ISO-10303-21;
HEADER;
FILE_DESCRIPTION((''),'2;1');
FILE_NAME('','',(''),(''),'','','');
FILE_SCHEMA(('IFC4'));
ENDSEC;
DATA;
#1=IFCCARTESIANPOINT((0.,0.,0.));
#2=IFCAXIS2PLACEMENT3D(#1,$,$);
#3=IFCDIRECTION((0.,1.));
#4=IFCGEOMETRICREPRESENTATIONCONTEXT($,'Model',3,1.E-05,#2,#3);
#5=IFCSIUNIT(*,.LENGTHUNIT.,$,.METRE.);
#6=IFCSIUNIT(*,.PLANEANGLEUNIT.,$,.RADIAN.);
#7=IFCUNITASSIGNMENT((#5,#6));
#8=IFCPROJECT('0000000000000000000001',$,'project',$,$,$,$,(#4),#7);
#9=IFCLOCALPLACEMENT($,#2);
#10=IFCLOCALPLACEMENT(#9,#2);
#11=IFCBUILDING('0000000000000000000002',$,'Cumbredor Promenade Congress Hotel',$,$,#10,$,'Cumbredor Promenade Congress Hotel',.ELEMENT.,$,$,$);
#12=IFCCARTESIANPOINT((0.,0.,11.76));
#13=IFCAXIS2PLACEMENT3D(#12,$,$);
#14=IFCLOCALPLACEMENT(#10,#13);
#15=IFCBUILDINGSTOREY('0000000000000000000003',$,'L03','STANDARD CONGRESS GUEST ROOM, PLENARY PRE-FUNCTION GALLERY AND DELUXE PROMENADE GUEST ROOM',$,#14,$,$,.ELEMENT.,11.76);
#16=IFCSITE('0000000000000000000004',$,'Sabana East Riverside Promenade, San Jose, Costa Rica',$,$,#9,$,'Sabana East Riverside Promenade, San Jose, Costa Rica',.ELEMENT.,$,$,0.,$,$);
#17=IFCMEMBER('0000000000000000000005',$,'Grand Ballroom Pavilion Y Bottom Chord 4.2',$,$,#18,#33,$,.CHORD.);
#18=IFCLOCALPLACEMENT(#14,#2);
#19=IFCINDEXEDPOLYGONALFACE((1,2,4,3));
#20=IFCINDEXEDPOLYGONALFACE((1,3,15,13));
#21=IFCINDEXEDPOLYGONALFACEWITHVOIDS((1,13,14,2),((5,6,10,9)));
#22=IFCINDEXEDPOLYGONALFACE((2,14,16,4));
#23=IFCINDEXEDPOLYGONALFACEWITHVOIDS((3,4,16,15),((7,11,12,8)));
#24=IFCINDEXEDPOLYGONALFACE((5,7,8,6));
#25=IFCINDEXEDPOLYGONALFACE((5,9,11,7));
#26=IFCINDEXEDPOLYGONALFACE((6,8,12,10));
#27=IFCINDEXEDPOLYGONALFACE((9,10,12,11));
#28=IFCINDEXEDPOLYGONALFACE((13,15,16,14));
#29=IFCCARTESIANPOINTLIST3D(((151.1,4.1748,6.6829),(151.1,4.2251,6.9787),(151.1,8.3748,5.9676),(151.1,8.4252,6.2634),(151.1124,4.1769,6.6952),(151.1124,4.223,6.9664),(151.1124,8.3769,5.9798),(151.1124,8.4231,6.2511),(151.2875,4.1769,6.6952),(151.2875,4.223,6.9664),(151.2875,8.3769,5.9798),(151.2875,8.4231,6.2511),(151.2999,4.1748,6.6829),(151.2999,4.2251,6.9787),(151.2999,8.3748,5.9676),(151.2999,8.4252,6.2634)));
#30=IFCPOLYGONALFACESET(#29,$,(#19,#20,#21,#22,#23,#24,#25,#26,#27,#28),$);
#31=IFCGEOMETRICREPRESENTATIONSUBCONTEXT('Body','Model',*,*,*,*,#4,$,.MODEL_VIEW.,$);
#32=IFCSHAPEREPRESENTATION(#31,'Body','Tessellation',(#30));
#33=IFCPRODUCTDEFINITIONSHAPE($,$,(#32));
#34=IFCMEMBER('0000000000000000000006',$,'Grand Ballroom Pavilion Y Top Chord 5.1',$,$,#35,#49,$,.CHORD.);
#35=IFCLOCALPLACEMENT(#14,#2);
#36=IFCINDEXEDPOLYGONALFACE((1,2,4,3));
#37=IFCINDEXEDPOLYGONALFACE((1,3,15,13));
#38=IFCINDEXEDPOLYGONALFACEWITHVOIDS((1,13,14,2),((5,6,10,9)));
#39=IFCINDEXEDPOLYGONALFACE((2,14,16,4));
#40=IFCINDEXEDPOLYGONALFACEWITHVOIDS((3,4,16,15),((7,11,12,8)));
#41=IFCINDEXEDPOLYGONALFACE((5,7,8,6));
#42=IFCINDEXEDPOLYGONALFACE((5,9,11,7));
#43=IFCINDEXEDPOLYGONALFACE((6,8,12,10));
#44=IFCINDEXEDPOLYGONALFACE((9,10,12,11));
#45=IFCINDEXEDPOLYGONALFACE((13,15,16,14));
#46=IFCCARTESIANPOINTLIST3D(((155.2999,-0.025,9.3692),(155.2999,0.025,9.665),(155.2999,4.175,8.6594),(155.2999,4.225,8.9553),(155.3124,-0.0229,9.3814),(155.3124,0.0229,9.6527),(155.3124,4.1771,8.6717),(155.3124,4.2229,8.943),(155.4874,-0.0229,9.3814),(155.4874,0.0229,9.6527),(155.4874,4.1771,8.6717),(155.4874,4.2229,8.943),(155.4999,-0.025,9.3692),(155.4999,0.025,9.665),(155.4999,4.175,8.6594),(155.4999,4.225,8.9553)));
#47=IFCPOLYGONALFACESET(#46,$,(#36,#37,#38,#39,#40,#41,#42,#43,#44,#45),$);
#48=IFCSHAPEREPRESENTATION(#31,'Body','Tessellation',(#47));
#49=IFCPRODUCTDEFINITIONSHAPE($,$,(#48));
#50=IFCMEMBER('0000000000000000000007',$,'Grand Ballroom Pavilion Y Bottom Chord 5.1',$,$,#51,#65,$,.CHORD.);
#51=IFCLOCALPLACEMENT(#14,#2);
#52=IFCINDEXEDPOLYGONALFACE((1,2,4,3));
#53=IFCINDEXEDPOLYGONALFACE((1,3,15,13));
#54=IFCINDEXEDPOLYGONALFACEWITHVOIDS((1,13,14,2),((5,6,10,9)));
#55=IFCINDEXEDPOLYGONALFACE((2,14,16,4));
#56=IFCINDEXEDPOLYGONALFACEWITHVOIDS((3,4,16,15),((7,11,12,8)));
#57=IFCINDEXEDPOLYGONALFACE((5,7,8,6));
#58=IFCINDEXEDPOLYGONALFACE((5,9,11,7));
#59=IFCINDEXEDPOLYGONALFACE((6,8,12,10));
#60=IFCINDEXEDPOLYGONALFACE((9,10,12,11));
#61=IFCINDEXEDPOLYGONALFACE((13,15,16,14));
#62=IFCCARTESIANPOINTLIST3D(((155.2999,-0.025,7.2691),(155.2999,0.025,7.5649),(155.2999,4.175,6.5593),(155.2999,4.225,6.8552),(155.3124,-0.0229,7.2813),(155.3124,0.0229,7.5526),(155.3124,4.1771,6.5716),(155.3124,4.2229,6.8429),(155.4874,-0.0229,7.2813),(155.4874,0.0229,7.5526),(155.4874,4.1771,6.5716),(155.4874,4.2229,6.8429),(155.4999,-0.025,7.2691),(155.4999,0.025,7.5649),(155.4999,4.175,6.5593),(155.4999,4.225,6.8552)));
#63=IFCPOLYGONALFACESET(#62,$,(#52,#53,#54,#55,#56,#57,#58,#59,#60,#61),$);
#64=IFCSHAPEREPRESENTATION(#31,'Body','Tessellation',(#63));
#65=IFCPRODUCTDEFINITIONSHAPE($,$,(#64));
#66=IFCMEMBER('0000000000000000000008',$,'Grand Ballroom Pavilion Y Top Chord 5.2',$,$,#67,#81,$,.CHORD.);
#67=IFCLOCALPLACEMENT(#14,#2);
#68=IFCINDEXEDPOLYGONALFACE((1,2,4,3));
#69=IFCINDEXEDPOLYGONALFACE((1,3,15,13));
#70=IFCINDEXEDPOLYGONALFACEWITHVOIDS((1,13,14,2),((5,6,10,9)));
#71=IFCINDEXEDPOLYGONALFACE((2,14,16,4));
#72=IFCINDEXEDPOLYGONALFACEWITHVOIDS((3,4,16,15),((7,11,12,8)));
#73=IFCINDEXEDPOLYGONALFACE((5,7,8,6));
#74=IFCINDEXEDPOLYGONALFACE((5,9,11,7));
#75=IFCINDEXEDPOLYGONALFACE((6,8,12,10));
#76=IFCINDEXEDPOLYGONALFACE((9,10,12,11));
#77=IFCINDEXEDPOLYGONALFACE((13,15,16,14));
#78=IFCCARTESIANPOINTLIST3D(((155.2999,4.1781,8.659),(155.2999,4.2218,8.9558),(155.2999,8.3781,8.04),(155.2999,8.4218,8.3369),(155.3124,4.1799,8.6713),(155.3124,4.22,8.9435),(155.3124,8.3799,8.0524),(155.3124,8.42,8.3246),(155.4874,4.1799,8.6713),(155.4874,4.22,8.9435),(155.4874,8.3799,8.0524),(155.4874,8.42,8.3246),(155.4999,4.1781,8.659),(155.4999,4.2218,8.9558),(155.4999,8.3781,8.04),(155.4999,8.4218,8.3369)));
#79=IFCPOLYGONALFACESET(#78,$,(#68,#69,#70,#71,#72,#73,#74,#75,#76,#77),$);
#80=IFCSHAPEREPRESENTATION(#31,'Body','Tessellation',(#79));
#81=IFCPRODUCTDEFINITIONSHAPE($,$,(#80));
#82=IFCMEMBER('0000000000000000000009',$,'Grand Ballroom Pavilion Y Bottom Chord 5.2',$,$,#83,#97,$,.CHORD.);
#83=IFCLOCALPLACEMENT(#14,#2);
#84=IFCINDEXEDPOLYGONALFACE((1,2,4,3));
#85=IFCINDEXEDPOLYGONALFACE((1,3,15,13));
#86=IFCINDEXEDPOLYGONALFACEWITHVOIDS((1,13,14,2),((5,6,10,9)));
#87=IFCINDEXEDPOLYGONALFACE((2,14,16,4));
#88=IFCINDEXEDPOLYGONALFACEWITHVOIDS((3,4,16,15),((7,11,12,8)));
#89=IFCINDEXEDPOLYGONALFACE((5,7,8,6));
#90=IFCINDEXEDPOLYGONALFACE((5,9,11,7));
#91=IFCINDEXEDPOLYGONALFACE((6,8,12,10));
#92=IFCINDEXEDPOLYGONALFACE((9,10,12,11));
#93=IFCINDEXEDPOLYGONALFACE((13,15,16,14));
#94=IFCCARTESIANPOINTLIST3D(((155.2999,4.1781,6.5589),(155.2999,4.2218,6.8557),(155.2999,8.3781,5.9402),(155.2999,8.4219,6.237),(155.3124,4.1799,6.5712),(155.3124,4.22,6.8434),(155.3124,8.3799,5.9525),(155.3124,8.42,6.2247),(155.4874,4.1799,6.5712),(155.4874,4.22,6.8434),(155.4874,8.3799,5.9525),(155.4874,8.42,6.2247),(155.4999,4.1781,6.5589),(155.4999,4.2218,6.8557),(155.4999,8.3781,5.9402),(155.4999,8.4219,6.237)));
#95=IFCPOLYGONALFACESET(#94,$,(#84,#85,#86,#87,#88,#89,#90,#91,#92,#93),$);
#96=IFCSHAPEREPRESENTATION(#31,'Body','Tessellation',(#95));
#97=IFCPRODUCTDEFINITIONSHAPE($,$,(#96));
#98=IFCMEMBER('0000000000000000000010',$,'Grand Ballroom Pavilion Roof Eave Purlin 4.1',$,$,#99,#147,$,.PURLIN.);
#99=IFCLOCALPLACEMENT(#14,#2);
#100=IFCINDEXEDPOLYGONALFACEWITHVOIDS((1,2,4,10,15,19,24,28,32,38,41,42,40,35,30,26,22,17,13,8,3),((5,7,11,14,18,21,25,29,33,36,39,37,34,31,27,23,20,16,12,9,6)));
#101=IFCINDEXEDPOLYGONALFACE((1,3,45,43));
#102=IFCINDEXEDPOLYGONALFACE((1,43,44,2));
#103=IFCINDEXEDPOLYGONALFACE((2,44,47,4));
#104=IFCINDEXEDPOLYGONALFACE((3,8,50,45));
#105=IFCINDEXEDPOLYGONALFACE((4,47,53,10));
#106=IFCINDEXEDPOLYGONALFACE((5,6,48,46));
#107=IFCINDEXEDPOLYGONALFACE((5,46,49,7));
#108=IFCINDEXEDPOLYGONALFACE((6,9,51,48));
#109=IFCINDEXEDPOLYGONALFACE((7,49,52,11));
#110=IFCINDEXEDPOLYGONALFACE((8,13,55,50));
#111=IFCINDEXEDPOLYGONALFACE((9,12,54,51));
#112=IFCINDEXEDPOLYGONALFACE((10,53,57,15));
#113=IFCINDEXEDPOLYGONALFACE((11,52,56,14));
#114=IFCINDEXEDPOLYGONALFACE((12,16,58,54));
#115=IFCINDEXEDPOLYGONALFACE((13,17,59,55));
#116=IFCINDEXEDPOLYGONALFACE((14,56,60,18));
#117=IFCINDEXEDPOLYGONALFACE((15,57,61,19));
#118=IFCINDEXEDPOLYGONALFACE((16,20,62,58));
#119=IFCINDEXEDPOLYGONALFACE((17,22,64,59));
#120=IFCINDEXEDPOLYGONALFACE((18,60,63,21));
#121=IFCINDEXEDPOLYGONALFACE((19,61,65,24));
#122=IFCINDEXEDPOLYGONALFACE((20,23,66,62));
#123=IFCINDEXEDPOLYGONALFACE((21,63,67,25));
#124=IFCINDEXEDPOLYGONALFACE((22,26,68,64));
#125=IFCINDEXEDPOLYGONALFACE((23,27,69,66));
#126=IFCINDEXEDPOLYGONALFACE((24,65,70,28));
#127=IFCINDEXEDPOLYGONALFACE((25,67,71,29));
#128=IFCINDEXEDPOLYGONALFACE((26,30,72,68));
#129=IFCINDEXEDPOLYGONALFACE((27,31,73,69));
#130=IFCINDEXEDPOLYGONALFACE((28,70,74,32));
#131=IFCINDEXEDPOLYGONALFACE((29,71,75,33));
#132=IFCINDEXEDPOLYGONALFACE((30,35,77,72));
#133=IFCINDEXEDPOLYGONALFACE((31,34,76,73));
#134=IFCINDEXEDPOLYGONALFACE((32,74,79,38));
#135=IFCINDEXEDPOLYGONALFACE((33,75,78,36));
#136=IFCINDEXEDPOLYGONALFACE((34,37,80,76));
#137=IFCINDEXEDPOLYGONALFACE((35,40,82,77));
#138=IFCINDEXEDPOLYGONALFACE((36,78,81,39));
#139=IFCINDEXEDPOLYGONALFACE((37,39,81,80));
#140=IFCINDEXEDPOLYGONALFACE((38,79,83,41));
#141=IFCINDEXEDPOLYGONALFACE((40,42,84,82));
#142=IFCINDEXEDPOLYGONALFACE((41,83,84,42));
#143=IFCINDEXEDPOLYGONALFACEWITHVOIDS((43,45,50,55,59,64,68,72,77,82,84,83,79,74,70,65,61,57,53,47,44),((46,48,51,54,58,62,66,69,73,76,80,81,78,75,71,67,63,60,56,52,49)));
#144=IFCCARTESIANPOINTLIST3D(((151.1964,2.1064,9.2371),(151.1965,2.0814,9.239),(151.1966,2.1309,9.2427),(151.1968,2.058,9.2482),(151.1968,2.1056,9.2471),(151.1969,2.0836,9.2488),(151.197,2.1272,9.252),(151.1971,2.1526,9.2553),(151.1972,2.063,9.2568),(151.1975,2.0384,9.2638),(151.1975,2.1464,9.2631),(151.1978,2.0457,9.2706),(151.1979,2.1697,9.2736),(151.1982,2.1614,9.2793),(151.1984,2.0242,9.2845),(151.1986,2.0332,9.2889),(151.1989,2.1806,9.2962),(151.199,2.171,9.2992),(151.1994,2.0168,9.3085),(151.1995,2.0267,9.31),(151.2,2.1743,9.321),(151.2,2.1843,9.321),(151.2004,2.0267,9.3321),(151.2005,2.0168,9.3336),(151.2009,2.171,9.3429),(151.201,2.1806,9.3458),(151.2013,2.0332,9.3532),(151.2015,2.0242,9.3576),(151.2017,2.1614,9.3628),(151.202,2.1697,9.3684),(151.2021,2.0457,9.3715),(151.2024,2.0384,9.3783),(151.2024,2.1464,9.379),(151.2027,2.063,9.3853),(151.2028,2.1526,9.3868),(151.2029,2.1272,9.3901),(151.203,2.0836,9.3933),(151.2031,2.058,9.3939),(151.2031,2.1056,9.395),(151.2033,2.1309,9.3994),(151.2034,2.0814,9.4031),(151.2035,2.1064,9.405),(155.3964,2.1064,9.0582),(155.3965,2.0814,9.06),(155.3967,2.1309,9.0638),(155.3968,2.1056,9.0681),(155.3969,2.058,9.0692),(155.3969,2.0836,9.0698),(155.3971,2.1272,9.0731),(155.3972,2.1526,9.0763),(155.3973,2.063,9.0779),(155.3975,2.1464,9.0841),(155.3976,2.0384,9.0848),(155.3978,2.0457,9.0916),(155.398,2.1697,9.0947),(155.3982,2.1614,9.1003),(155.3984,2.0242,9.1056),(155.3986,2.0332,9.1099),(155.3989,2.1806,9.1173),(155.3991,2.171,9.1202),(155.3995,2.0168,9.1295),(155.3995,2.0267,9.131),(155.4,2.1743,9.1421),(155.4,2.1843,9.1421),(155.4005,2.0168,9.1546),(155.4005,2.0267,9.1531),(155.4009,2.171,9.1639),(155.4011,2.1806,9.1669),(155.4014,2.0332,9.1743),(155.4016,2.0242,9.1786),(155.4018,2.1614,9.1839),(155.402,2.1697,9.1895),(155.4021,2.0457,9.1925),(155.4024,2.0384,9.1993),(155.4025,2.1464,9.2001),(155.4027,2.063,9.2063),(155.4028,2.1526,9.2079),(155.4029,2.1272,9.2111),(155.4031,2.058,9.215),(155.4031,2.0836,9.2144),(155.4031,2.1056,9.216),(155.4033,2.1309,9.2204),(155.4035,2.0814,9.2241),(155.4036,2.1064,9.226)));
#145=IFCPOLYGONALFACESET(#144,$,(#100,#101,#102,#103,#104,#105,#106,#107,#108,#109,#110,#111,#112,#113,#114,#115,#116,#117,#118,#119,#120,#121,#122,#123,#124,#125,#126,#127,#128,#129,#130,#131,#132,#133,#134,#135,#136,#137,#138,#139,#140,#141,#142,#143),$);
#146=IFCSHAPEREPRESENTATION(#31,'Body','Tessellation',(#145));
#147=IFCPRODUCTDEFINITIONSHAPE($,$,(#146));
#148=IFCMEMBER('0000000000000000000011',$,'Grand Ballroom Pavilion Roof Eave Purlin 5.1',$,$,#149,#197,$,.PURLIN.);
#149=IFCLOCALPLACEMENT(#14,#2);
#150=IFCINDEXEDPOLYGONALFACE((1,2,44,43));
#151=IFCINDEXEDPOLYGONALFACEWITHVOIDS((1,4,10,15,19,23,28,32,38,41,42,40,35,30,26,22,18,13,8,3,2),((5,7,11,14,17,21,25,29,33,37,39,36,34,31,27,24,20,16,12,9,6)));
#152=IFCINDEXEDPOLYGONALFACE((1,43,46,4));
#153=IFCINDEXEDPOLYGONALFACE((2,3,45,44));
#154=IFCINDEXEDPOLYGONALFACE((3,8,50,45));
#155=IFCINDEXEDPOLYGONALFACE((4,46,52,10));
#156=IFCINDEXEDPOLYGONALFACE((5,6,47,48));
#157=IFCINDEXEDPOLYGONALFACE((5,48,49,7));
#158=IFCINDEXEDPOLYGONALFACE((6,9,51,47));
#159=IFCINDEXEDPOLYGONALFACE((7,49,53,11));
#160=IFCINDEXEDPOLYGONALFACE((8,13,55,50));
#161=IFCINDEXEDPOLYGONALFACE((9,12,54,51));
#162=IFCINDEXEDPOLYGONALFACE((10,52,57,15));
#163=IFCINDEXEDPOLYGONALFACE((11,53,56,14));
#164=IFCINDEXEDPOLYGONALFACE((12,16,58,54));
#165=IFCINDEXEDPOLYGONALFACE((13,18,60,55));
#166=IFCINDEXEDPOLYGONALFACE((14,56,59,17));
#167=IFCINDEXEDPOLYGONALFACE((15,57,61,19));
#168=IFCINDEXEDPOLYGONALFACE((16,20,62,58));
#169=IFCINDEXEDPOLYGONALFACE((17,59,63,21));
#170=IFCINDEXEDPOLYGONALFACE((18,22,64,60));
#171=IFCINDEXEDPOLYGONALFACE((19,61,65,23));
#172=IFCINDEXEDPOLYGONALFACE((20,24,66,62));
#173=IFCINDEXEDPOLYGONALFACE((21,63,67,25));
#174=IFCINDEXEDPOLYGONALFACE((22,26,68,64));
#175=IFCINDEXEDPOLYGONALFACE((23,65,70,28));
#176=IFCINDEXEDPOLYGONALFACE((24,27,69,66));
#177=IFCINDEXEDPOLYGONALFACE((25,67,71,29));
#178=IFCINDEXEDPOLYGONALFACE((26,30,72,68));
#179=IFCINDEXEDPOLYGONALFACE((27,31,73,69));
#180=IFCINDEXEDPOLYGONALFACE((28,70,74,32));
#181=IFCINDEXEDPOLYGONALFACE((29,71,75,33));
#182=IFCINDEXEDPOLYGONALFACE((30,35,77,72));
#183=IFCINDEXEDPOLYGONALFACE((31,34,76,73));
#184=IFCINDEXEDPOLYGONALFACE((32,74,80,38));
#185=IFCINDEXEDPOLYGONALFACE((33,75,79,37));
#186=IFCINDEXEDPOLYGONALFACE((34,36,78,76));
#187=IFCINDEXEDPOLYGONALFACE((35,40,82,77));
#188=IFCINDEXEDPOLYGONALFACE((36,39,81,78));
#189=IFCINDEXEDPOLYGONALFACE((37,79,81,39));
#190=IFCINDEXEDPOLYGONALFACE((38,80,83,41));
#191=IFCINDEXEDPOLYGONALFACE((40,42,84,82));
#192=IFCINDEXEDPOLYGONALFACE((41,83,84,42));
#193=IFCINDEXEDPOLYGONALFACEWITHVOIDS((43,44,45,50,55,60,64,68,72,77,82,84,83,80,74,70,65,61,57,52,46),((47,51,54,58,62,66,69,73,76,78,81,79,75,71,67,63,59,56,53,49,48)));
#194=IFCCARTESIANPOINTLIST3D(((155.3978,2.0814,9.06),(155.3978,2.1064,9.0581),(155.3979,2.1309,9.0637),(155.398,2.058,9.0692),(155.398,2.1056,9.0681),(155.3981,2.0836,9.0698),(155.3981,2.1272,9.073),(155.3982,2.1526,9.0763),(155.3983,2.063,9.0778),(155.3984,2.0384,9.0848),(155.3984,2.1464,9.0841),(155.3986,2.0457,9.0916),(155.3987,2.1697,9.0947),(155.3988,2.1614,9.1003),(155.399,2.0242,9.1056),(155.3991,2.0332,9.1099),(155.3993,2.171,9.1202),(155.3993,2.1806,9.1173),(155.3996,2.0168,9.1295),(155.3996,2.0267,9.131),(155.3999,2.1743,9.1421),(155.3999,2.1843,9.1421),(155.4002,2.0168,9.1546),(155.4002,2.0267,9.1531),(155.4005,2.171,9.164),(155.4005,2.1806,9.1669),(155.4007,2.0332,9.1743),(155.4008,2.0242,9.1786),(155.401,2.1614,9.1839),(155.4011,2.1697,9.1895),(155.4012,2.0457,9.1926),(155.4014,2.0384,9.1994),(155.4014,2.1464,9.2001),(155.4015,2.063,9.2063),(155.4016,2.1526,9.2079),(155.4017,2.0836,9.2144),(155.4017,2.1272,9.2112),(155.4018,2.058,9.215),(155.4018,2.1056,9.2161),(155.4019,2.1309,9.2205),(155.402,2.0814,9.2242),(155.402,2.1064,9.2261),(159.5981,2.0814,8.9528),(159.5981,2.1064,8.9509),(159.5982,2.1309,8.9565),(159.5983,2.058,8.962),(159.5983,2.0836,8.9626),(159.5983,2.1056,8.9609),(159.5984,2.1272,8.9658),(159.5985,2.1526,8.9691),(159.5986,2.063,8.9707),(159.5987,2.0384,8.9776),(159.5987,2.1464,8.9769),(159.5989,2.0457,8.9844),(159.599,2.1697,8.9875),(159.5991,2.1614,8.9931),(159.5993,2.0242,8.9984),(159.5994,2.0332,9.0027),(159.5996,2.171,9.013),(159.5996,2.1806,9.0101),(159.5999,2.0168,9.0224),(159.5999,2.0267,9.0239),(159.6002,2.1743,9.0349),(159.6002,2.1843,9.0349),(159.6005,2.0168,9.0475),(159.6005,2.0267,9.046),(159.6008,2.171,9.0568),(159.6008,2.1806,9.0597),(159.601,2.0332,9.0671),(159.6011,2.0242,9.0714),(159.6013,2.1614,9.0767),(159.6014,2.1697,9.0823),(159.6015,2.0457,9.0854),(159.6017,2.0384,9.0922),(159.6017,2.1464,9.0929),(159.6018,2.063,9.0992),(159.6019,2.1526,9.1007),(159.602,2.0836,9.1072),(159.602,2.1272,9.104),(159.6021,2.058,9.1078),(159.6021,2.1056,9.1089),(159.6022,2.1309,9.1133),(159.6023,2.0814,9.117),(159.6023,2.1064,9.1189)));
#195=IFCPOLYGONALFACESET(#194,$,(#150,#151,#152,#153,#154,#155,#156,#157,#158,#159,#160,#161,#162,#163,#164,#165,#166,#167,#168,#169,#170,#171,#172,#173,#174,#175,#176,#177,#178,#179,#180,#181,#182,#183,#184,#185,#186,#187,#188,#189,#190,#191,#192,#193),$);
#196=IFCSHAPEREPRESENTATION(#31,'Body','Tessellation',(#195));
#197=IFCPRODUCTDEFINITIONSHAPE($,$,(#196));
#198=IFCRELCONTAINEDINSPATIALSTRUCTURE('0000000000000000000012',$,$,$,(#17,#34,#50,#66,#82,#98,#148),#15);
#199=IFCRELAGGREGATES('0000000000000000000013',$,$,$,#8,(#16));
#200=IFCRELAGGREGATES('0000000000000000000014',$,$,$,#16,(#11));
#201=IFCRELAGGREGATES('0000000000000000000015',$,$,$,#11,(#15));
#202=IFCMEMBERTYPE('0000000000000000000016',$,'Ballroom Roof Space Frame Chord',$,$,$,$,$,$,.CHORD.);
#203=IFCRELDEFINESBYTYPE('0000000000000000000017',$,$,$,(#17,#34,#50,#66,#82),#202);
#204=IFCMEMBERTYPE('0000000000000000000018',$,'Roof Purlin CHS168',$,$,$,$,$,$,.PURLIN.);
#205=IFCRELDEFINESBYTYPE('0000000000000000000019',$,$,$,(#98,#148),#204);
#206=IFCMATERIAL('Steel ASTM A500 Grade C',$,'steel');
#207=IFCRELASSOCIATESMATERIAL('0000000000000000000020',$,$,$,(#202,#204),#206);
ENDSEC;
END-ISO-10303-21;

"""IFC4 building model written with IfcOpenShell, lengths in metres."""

from ifc_helpers import new_model, si_unit, direction, frame, origin, origin_2d, place, context, subcontext, project, spatial, hollow_rectangle, hollow_circle, extrude, material, material_profile, profile_set, type_object, element, save


model = new_model("IFC4")

# Units and contexts
model_context = context("Model", 3, precision=1e-05, world=origin(), true_north=direction((0.0, 1.0)))
body_context = subcontext(model_context, "Body", "Model", "MODEL_VIEW")
ifc_project = project(units=[si_unit("LENGTHUNIT", "METRE"), si_unit("PLANEANGLEUNIT", "RADIAN")], contexts=[model_context])

# Site, building, storey
site_placement = place(None, origin())
site = spatial("IfcSite", under=ifc_project, at=site_placement, Name="Sabana East Riverside Promenade, San Jose, Costa Rica", LongName="Sabana East Riverside Promenade, San Jose, Costa Rica", CompositionType="ELEMENT", RefElevation=0.0)
building_placement = place(site_placement, origin())
building = spatial("IfcBuilding", under=site, at=building_placement, Name="Cumbredor Promenade Congress Hotel", LongName="Cumbredor Promenade Congress Hotel", CompositionType="ELEMENT")
storey_placement = place(building_placement, frame((0.0, 0.0, 11.76)))
storey = spatial("IfcBuildingStorey", under=building, at=storey_placement, Name="L03", Description="STANDARD CONGRESS GUEST ROOM, PLENARY PRE-FUNCTION GALLERY AND DELUXE PROMENADE GUEST ROOM", CompositionType="ELEMENT", Elevation=11.76)

# Members
ifc_material_1 = material(Name="Steel ASTM A500 Grade C", Category="steel")
ifc_material_profile_1 = material_profile(ifc_material_1, hollow_rectangle(XDim=0.2, YDim=0.3, WallThickness=0.0125, at=origin_2d()), Name="HSS 300x200x12.5")
ifc_profile_set_1 = profile_set([ifc_material_profile_1], Name="Steel ASTM A500 Grade C")
member_type_1 = type_object("IfcMemberType", Name="Ballroom Roof Space Frame Chord", PredefinedType="CHORD", material=ifc_profile_set_1)
for number, where, z_axis, x_axis, name in (
    (1, (151.2, 4.2, 6.8308), (0.0, 0.985804, -0.167901), (-1.0, 0.0, 0.0), "Grand Ballroom Pavilion Y Bottom Chord 4.2"),
):
    element("IfcMember", number, at=place(storey_placement, frame(where, z_axis=z_axis, x_axis=x_axis)), inside=storey, type_object=member_type_1, Name=name, PredefinedType="CHORD", context=body_context, shape_type="SweptSolid", body=[
        extrude(hollow_rectangle(XDim=0.2, YDim=0.3, WallThickness=0.0125, at=origin_2d()), origin(), (0.0, 0.0, 1.0), 4.2605),
    ])
for number, where, z_axis, x_axis, name in (
    (2, (155.3999, 0.0, 9.5171), (0.0, 0.986021, -0.16662), (-1.0, 0.0, 0.0), "Grand Ballroom Pavilion Y Top Chord 5.1"),
    (3, (155.3999, 0.0, 7.417), (0.0, 0.986021, -0.16662), (-1.0, 0.0, 0.0), "Grand Ballroom Pavilion Y Bottom Chord 5.1"),
):
    element("IfcMember", number, at=place(storey_placement, frame(where, z_axis=z_axis, x_axis=x_axis)), inside=storey, type_object=member_type_1, Name=name, PredefinedType="CHORD", context=body_context, shape_type="SweptSolid", body=[
        extrude(hollow_rectangle(XDim=0.2, YDim=0.3, WallThickness=0.0125, at=origin_2d()), origin(), (0.0, 0.0, 1.0), 4.2595),
    ])
for number, where, z_axis, x_axis, name in (
    (4, (155.3999, 4.2, 8.8074), (0.0, 0.989316, -0.145784), (-1.0, 0.0, 0.0), "Grand Ballroom Pavilion Y Top Chord 5.2"),
    (5, (155.3999, 4.2, 6.7073), (0.0, 0.989325, -0.145727), (-1.0, 0.0, 0.0), "Grand Ballroom Pavilion Y Bottom Chord 5.2"),
):
    element("IfcMember", number, at=place(storey_placement, frame(where, z_axis=z_axis, x_axis=x_axis)), inside=storey, type_object=member_type_1, Name=name, PredefinedType="CHORD", context=body_context, shape_type="SweptSolid", body=[
        extrude(hollow_rectangle(XDim=0.2, YDim=0.3, WallThickness=0.0125, at=origin_2d()), origin(), (0.0, 0.0, 1.0), 4.2454),
    ])
ifc_material_profile_2 = material_profile(ifc_material_1, hollow_circle(Radius=0.0842, WallThickness=0.01, at=origin_2d()), Name="CHS 168.3x10")
ifc_profile_set_2 = profile_set([ifc_material_profile_2], Name="Steel ASTM A500 Grade C")
member_type_2 = type_object("IfcMemberType", Name="Roof Purlin CHS168", PredefinedType="PURLIN", material=ifc_profile_set_2)
member_1_placement = place(storey_placement, frame((151.2, 2.1001, 9.321), z_axis=(0.999093, 0.0, -0.04257), x_axis=(0.0, 1.0, 0.0)))
element("IfcMember", 6, at=member_1_placement, inside=storey, type_object=member_type_2, Name="Grand Ballroom Pavilion Roof Eave Purlin 4.1", PredefinedType="PURLIN", context=body_context, shape_type="SweptSolid", body=[
    extrude(hollow_circle(Radius=0.0842, WallThickness=0.01, at=origin_2d()), origin(), (0.0, 0.0, 1.0), 4.2039),
])
member_2_placement = place(storey_placement, frame((155.3999, 2.1001, 9.1421), z_axis=(0.999675, 0.0, -0.025509), x_axis=(0.0, 1.0, 0.0)))
element("IfcMember", 7, at=member_2_placement, inside=storey, type_object=member_type_2, Name="Grand Ballroom Pavilion Roof Eave Purlin 5.1", PredefinedType="PURLIN", context=body_context, shape_type="SweptSolid", body=[
    extrude(hollow_circle(Radius=0.0842, WallThickness=0.01, at=origin_2d()), origin(), (0.0, 0.0, 1.0), 4.2017),
])

save(model, "model.ifc")
